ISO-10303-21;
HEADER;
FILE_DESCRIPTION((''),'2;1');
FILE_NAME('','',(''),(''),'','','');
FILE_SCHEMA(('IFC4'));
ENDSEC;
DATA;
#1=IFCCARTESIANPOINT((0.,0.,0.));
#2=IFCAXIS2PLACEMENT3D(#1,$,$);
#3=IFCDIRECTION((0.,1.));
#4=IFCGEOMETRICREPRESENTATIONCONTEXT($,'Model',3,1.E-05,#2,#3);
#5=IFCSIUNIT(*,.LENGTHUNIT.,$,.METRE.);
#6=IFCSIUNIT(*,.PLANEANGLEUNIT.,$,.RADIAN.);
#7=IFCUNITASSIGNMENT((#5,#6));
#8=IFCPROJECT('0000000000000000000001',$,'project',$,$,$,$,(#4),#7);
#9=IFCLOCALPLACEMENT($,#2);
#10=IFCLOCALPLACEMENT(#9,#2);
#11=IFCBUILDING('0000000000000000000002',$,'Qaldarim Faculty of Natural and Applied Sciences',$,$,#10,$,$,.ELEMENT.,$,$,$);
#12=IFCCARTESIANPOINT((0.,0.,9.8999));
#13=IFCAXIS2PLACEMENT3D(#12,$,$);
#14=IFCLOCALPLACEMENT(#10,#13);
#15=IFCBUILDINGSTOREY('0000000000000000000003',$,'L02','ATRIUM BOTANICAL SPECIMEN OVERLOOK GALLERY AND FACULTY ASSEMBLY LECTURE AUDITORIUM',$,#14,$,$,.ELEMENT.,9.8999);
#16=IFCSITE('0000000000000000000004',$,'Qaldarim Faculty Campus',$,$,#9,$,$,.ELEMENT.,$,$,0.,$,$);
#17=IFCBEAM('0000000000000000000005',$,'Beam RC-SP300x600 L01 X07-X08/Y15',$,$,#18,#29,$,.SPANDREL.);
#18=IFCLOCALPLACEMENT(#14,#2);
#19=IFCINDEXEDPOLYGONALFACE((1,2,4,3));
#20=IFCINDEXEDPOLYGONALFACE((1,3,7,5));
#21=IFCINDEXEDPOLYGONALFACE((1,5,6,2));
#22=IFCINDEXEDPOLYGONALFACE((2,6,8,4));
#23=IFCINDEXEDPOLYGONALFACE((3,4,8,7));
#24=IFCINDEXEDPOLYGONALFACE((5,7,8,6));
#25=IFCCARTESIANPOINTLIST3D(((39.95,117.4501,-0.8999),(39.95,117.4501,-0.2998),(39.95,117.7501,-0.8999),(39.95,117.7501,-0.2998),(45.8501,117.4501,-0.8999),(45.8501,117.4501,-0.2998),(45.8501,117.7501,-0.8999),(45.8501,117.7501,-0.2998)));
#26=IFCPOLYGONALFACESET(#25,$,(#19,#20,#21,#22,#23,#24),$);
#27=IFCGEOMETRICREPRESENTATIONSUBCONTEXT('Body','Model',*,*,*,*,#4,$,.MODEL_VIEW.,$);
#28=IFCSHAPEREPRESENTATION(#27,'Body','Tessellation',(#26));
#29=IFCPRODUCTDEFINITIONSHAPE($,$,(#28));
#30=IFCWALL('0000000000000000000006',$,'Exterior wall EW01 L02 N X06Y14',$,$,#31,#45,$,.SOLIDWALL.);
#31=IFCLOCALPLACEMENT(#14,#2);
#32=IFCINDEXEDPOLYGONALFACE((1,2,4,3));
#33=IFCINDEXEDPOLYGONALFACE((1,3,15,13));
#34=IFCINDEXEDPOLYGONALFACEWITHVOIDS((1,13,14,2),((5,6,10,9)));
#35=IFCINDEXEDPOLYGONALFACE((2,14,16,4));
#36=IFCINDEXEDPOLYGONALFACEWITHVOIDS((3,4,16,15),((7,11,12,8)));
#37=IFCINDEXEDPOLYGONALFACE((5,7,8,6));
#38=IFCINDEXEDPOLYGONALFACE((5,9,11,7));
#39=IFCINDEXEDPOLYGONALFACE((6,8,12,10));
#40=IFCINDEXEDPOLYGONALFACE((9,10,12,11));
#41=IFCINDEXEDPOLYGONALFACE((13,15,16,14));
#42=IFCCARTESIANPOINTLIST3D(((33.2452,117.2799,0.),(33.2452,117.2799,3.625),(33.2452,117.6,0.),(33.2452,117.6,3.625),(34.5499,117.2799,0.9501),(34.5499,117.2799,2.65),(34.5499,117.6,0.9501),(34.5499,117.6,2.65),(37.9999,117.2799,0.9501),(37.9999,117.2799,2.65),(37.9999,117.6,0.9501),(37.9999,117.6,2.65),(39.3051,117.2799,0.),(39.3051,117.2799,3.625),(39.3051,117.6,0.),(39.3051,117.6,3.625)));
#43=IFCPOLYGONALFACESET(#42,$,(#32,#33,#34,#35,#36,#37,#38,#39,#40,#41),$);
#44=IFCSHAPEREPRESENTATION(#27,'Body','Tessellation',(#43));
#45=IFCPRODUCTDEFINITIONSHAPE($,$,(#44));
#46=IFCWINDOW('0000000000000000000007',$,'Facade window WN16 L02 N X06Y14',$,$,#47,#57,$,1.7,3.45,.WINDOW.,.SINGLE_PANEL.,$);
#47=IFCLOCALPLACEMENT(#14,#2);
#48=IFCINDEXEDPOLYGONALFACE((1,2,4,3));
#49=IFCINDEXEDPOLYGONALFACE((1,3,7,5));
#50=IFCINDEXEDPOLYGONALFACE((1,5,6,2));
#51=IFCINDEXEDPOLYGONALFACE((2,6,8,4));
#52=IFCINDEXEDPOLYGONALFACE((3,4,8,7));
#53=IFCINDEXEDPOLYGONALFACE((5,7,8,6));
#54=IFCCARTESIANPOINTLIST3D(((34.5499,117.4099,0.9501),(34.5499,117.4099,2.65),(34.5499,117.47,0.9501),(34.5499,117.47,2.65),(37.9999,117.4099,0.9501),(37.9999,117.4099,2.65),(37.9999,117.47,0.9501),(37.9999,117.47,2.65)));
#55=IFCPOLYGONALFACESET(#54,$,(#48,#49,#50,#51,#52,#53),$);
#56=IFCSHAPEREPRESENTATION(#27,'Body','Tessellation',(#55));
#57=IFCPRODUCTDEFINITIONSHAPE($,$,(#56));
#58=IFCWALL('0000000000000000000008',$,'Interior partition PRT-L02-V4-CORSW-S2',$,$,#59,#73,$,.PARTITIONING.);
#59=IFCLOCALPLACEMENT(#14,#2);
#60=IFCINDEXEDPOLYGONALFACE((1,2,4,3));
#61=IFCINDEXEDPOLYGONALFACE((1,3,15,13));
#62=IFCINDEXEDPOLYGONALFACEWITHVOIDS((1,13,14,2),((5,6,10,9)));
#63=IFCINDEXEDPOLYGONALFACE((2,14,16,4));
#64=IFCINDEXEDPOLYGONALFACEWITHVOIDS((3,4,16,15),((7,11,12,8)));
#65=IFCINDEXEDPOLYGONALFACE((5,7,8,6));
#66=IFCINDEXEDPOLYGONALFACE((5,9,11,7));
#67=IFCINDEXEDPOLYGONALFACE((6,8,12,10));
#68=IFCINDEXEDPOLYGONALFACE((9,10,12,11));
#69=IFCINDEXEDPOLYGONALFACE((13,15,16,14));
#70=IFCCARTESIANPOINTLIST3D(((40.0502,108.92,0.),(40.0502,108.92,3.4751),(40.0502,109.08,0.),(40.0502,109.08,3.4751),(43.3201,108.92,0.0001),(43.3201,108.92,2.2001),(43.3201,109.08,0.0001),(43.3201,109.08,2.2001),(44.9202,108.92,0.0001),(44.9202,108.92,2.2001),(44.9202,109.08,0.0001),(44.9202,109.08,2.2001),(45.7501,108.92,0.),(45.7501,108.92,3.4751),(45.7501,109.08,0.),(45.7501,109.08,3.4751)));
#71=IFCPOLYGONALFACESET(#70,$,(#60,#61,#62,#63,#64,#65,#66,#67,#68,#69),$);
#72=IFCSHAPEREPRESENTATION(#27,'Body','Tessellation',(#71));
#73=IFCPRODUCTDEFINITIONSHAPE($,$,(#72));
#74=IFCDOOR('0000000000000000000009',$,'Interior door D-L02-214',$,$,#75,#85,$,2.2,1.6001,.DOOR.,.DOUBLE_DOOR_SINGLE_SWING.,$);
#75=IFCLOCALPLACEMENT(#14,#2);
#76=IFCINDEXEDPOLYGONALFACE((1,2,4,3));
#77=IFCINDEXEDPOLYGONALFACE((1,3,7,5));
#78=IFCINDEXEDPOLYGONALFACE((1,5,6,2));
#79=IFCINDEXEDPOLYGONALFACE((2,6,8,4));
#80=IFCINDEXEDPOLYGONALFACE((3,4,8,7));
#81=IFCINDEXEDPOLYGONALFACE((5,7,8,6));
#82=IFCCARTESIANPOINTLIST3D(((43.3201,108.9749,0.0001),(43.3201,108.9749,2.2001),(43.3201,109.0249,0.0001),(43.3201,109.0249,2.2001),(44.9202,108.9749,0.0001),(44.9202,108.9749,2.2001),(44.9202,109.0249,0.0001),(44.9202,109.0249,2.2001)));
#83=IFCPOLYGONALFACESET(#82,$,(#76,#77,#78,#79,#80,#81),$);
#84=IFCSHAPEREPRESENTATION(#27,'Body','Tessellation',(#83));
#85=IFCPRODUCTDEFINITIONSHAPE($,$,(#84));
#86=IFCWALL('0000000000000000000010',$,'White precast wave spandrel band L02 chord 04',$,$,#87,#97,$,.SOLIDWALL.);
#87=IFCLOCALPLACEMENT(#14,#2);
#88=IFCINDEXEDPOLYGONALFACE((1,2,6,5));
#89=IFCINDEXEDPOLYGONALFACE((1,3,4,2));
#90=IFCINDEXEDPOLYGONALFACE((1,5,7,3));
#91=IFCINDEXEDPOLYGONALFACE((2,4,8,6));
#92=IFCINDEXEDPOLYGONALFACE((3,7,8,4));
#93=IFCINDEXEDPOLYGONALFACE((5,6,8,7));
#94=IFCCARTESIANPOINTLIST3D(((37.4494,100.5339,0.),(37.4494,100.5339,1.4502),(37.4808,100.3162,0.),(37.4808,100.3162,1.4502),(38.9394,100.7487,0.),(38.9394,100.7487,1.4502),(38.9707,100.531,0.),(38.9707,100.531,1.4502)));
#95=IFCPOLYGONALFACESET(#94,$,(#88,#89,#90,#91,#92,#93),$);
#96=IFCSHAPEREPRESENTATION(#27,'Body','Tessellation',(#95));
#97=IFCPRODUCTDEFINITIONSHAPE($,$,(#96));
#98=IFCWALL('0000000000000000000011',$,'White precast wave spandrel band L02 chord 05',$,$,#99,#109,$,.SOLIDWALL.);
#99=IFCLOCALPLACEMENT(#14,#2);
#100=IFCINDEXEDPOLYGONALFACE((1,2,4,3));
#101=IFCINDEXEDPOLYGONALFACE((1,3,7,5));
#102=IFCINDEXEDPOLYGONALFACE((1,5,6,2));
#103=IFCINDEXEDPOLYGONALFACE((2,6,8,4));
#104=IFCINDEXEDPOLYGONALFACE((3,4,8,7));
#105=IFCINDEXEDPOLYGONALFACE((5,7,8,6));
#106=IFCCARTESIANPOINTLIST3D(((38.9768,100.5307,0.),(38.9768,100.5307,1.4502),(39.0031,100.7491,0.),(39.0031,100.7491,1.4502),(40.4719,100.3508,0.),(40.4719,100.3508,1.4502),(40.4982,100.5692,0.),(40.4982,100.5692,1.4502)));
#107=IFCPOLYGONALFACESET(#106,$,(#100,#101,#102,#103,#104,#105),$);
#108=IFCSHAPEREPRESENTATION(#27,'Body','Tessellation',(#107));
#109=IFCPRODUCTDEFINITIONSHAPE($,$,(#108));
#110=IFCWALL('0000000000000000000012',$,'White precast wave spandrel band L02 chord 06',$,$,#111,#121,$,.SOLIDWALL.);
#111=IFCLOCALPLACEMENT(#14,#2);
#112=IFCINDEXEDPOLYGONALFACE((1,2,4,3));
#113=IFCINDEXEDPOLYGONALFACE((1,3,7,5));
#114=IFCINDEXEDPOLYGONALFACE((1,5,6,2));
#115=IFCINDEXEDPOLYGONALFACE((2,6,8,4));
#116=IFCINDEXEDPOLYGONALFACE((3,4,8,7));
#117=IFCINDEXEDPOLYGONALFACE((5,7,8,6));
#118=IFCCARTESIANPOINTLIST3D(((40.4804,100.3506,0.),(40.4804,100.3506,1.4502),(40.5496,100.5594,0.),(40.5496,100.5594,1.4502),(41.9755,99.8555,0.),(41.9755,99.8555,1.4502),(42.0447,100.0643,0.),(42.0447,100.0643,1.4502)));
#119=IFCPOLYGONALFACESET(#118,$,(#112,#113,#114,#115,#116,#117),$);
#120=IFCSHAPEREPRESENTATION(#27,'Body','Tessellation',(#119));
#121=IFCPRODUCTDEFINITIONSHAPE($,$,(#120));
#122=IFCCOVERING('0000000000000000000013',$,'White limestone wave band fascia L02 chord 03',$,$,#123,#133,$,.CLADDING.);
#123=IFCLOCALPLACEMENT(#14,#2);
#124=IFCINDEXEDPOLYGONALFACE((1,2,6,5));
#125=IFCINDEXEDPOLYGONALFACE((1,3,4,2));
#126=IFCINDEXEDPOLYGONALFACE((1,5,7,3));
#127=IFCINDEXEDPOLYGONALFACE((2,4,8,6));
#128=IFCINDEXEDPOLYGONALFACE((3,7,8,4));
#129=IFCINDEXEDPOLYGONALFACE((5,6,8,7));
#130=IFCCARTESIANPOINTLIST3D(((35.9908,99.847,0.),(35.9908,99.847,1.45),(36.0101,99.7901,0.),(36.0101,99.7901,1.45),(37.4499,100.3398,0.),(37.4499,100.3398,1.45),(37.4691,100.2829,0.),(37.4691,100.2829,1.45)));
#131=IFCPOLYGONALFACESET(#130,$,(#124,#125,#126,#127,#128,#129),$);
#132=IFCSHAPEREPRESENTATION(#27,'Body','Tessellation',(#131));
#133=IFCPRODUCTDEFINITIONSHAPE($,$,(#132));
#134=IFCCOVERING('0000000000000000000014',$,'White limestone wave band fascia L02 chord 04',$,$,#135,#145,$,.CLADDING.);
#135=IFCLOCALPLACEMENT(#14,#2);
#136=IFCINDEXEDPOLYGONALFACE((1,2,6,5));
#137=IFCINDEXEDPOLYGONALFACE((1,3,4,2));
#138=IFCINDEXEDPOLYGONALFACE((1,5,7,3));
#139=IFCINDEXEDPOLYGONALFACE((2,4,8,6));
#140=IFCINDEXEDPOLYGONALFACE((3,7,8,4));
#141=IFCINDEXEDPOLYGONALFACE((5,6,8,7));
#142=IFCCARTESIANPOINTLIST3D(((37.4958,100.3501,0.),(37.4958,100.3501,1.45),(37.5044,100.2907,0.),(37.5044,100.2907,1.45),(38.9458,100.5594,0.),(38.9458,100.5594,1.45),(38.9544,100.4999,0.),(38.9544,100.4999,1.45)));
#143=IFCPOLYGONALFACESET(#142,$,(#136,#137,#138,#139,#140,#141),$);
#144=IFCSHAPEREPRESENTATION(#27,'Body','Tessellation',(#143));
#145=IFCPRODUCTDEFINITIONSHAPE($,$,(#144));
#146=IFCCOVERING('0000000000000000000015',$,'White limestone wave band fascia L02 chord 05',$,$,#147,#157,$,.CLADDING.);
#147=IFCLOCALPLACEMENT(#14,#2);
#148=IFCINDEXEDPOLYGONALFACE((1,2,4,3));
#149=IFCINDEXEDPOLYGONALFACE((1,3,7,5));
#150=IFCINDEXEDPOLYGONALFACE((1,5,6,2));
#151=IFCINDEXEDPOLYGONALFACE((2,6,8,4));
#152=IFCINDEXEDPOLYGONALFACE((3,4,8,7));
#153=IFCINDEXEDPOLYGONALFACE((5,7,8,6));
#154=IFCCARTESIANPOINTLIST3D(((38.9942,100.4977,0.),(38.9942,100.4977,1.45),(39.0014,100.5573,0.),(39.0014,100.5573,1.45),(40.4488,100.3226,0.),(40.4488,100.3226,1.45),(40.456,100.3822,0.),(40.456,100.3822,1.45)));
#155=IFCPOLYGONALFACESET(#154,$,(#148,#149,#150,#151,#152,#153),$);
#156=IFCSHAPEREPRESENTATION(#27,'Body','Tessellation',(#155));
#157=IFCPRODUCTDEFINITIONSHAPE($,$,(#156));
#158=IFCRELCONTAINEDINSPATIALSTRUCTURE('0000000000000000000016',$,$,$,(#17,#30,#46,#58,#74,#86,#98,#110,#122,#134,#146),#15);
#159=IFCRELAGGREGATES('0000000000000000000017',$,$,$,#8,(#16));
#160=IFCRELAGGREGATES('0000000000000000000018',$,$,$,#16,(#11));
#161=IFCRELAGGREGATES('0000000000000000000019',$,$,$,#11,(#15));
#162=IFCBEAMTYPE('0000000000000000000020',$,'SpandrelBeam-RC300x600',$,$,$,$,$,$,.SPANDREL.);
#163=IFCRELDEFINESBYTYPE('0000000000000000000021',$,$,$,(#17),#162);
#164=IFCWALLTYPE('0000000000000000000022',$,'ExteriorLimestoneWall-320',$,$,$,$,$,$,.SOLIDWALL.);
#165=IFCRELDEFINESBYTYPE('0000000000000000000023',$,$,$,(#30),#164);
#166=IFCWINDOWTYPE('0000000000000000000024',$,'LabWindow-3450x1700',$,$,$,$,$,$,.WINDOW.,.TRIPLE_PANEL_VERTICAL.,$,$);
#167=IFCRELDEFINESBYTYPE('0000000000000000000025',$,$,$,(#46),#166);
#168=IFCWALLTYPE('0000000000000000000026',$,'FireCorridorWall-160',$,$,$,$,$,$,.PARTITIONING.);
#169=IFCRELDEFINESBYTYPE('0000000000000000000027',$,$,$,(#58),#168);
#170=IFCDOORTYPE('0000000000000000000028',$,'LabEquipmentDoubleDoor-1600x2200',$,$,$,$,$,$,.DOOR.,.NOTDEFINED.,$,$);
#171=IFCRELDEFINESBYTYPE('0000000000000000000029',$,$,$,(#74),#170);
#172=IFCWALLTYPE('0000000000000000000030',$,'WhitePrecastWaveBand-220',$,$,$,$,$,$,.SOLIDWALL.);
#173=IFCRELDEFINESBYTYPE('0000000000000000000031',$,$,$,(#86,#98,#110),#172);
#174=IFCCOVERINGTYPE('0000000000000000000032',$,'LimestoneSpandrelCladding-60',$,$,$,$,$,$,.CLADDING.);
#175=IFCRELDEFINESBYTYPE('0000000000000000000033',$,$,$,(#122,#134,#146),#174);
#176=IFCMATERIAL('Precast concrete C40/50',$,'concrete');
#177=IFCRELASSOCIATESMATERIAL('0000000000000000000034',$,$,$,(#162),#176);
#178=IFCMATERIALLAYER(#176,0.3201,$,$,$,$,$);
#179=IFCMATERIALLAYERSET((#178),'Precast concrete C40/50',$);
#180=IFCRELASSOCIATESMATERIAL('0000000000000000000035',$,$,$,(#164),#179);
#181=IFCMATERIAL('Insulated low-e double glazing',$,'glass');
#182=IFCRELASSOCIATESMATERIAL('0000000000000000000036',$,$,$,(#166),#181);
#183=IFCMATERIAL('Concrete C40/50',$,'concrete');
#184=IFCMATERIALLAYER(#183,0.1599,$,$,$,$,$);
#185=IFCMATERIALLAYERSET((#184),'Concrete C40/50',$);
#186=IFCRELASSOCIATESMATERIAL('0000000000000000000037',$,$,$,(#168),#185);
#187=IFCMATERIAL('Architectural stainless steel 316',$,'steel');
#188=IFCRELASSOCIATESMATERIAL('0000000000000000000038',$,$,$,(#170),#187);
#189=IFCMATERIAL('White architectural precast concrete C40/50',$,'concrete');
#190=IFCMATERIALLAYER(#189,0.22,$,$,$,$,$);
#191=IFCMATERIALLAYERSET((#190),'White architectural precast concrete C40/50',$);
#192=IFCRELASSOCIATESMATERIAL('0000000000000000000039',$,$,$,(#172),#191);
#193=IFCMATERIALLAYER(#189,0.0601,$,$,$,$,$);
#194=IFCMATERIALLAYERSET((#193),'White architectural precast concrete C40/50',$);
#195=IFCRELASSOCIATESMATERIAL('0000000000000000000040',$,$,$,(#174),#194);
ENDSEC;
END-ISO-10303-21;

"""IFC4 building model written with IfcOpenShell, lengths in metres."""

from ifc_helpers import new_model, si_unit, direction, frame, frame_2d, origin, origin_2d, place, context, subcontext, project, spatial, rectangle, extrude, material, layer, layer_set, material_profile, profile_set, type_object, element, fill, save


model = new_model("IFC4")

# Units and contexts
model_context = context("Model", 3, precision=1e-05, world=origin(), true_north=direction((0.0, 1.0)))
body_context = subcontext(model_context, "Body", "Model", "MODEL_VIEW")
ifc_project = project(units=[si_unit("LENGTHUNIT", "METRE"), si_unit("PLANEANGLEUNIT", "RADIAN")], contexts=[model_context])

# Site, building, storey
site_placement = place(None, origin())
site = spatial("IfcSite", under=ifc_project, at=site_placement, Name="Qaldarim Faculty Campus", CompositionType="ELEMENT", RefElevation=0.0)
building_placement = place(site_placement, origin())
building = spatial("IfcBuilding", under=site, at=building_placement, Name="Qaldarim Faculty of Natural and Applied Sciences", CompositionType="ELEMENT")
storey_placement = place(building_placement, frame((0.0, 0.0, 9.8999)))
storey = spatial("IfcBuildingStorey", under=building, at=storey_placement, Name="L02", Description="ATRIUM BOTANICAL SPECIMEN OVERLOOK GALLERY AND FACULTY ASSEMBLY LECTURE AUDITORIUM", CompositionType="ELEMENT", Elevation=9.8999)

# Beam
ifc_material_1 = material(Name="Concrete C40/50", Category="concrete")
ifc_material_2 = material(Name="Precast concrete C40/50", Category="concrete")
ifc_material_profile_1 = material_profile(ifc_material_2, rectangle(XDim=0.3, YDim=0.6001, at=origin_2d()), Name="RC-SP300x600")
ifc_profile_set_1 = profile_set([ifc_material_profile_1], Name="Precast concrete C40/50")
beam_type_1 = type_object("IfcBeamType", Name="SpandrelBeam-RC300x600", PredefinedType="SPANDREL", material=ifc_profile_set_1)
beam_1_placement = place(storey_placement, frame((39.95, 117.6001, -0.5999), z_axis=(1.0, 0.0, 0.0), x_axis=(0.0, 1.0, 0.0)))
element("IfcBeam", 1, at=beam_1_placement, inside=storey, type_object=beam_type_1, Name="Beam RC-SP300x600 L01 X07-X08/Y15", PredefinedType="SPANDREL", context=body_context, shape_type="SweptSolid", body=[
    extrude(rectangle(XDim=0.3, YDim=0.6001, at=origin_2d()), origin(), (0.0, 0.0, 1.0), 5.9001),
])

# Wall, opening, window
ifc_layer_1 = layer(ifc_material_2, 0.3201)
ifc_layer_set_1 = layer_set([ifc_layer_1], Name="Precast concrete C40/50")
wall_type_1 = type_object("IfcWallType", Name="ExteriorLimestoneWall-320", PredefinedType="SOLIDWALL", material=ifc_layer_set_1)
wall_1_placement = place(storey_placement, frame((39.3049, 117.4399, 0.0), z_axis=(0.0, 0.0, 1.0), x_axis=(-1.0, 0.0, 0.0)))
wall_1 = element("IfcWall", 2, at=wall_1_placement, inside=storey, type_object=wall_type_1, Name="Exterior wall EW01 L02 N X06Y14", PredefinedType="SOLIDWALL", context=body_context, shape_type="SweptSolid", body=[
    extrude(rectangle(XDim=6.0598, YDim=0.3201, at=frame_2d((3.0298, 0.0))), origin(), (0.0, 0.0, 1.0), 3.625),
])
opening_1_placement = place(wall_1_placement, frame((1.3049, 0.0, 0.95)))
opening_1 = element("IfcOpeningElement", 3, at=opening_1_placement, cuts=wall_1, PredefinedType="OPENING", context=body_context, shape_type="SweptSolid", body=[
    extrude(rectangle(XDim=3.45, YDim=1.7, at=frame_2d((1.7251, 0.8501))), frame((0.0, 0.1699, 0.0), z_axis=(0.0, -1.0, 0.0), x_axis=(1.0, 0.0, 0.0)), (0.0, 0.0, 1.0), 0.3401),
])
ifc_material_3 = material(Name="Insulated low-e double glazing", Category="glass")
window_type = type_object("IfcWindowType", Name="LabWindow-3450x1700", PartitioningType="TRIPLE_PANEL_VERTICAL", PredefinedType="WINDOW", material=ifc_material_3)
window_placement = place(opening_1_placement, origin())
window = element("IfcWindow", 4, at=window_placement, inside=storey, type_object=window_type, Name="Facade window WN16 L02 N X06Y14", OverallHeight=1.7, OverallWidth=3.45, PartitioningType="SINGLE_PANEL", PredefinedType="WINDOW", context=body_context, shape_type="SweptSolid", body=[
    extrude(rectangle(XDim=3.45, YDim=1.7, at=frame_2d((1.7251, 0.8501))), frame((0.0, 0.03, 0.0), z_axis=(0.0, -1.0, 0.0), x_axis=(1.0, 0.0, 0.0)), (0.0, 0.0, 1.0), 0.0601),
])
fill(opening_1, window)

# Wall, opening, door
ifc_layer_2 = layer(ifc_material_1, 0.1599)
ifc_layer_set_2 = layer_set([ifc_layer_2], Name="Concrete C40/50")
wall_type_2 = type_object("IfcWallType", Name="FireCorridorWall-160", PredefinedType="PARTITIONING", material=ifc_layer_set_2)
wall_2_placement = place(storey_placement, frame((40.05, 109.0, 0.0), z_axis=(0.0, 0.0, 1.0), x_axis=(1.0, 0.0, 0.0)))
wall_2 = element("IfcWall", 5, at=wall_2_placement, inside=storey, type_object=wall_type_2, Name="Interior partition PRT-L02-V4-CORSW-S2", PredefinedType="PARTITIONING", context=body_context, shape_type="SweptSolid", body=[
    extrude(rectangle(XDim=5.7, YDim=0.1599, at=frame_2d((2.8501, 0.0))), origin(), (0.0, 0.0, 1.0), 3.4751),
])
opening_2_placement = place(wall_2_placement, frame((3.27, 0.0, 0.0)))
opening_2 = element("IfcOpeningElement", 6, at=opening_2_placement, cuts=wall_2, PredefinedType="OPENING", context=body_context, shape_type="SweptSolid", body=[
    extrude(rectangle(XDim=1.6001, YDim=2.2, at=frame_2d((0.8, 1.1001))), frame((0.0, 0.0898, 0.0), z_axis=(0.0, -1.0, 0.0), x_axis=(1.0, 0.0, 0.0)), (0.0, 0.0, 1.0), 0.1799),
])
ifc_material_4 = material(Name="Architectural stainless steel 316", Category="steel")
door_type = type_object("IfcDoorType", Name="LabEquipmentDoubleDoor-1600x2200", OperationType="NOTDEFINED", PredefinedType="DOOR", material=ifc_material_4)
door_placement = place(opening_2_placement, origin())
door = element("IfcDoor", 7, at=door_placement, inside=storey, type_object=door_type, Name="Interior door D-L02-214", OperationType="DOUBLE_DOOR_SINGLE_SWING", OverallHeight=2.2, OverallWidth=1.6001, PredefinedType="DOOR", context=body_context, shape_type="SweptSolid", body=[
    extrude(rectangle(XDim=1.6001, YDim=2.2, at=frame_2d((0.8, 1.1001))), frame((0.0, 0.0249, 0.0), z_axis=(0.0, -1.0, 0.0), x_axis=(1.0, 0.0, 0.0)), (0.0, 0.0, 1.0), 0.05),
])
fill(opening_2, door)

# Walls
ifc_material_5 = material(Name="White architectural precast concrete C40/50", Category="concrete")
ifc_layer_3 = layer(ifc_material_5, 0.22)
ifc_layer_set_3 = layer_set([ifc_layer_3], Name="White architectural precast concrete C40/50")
wall_type_3 = type_object("IfcWallType", Name="WhitePrecastWaveBand-220", PredefinedType="SOLIDWALL", material=ifc_layer_set_3)
wall_3_placement = place(storey_placement, frame((37.4651, 100.425, 0.0), z_axis=(0.0, 0.0, 1.0), x_axis=(0.989764, 0.142715, 0.0)))
element("IfcWall", 8, at=wall_3_placement, inside=storey, type_object=wall_type_3, Name="White precast wave spandrel band L02 chord 04", PredefinedType="SOLIDWALL", context=body_context, shape_type="SweptSolid", body=[
    extrude(rectangle(XDim=1.5054, YDim=0.22, at=frame_2d((0.7527, 0.0))), origin(), (0.0, 0.0, 1.0), 1.4502),
])
wall_4_placement = place(storey_placement, frame((38.99, 100.6399, 0.0), z_axis=(0.0, 0.0, 1.0), x_axis=(0.992836, -0.119484, 0.0)))
element("IfcWall", 9, at=wall_4_placement, inside=storey, type_object=wall_type_3, Name="White precast wave spandrel band L02 chord 05", PredefinedType="SOLIDWALL", context=body_context, shape_type="SweptSolid", body=[
    extrude(rectangle(XDim=1.5059, YDim=0.22, at=frame_2d((0.7529, 0.0))), origin(), (0.0, 0.0, 1.0), 1.4502),
])
wall_5_placement = place(storey_placement, frame((40.5149, 100.4551, 0.0), z_axis=(0.0, 0.0, 1.0), x_axis=(0.949302, -0.314367, 0.0)))
element("IfcWall", 10, at=wall_5_placement, inside=storey, type_object=wall_type_3, Name="White precast wave spandrel band L02 chord 06", PredefinedType="SOLIDWALL", context=body_context, shape_type="SweptSolid", body=[
    extrude(rectangle(XDim=1.575, YDim=0.22, at=frame_2d((0.7876, 0.0))), origin(), (0.0, 0.0, 1.0), 1.4502),
])

# Coverings
ifc_layer_4 = layer(ifc_material_5, 0.0601)
ifc_layer_set_4 = layer_set([ifc_layer_4], Name="White architectural precast concrete C40/50")
covering_type = type_object("IfcCoveringType", Name="LimestoneSpandrelCladding-60", PredefinedType="CLADDING", material=ifc_layer_set_4)
covering_placement = place(storey_placement, frame((36.73, 100.0649, 0.0), z_axis=(0.0, 0.0, 1.0), x_axis=(0.947406, 0.320034, 0.0)))
element("IfcCovering", 11, at=covering_placement, inside=storey, type_object=covering_type, Name="White limestone wave band fascia L02 chord 03", PredefinedType="CLADDING", context=body_context, shape_type="SweptSolid", body=[
    extrude(rectangle(XDim=1.54, YDim=0.0601, at=origin_2d()), origin(), (0.0, 0.0, 1.0), 1.45),
])
for number, where, z_axis, x_axis, name in (
    (12, (38.2251, 100.425, 0.0), (0.0, 0.0, 1.0), (0.989749, 0.142819, 0.0), "White limestone wave band fascia L02 chord 04"),
    (13, (39.7251, 100.4399, 0.0), (0.0, 0.0, 1.0), (0.992831, -0.11953, 0.0), "White limestone wave band fascia L02 chord 05"),
):
    element("IfcCovering", number, at=place(storey_placement, frame(where, z_axis=z_axis, x_axis=x_axis)), inside=storey, type_object=covering_type, Name=name, PredefinedType="CLADDING", context=body_context, shape_type="SweptSolid", body=[
        extrude(rectangle(XDim=1.4651, YDim=0.0601, at=origin_2d()), origin(), (0.0, 0.0, 1.0), 1.45),
    ])

save(model, "model.ifc")
